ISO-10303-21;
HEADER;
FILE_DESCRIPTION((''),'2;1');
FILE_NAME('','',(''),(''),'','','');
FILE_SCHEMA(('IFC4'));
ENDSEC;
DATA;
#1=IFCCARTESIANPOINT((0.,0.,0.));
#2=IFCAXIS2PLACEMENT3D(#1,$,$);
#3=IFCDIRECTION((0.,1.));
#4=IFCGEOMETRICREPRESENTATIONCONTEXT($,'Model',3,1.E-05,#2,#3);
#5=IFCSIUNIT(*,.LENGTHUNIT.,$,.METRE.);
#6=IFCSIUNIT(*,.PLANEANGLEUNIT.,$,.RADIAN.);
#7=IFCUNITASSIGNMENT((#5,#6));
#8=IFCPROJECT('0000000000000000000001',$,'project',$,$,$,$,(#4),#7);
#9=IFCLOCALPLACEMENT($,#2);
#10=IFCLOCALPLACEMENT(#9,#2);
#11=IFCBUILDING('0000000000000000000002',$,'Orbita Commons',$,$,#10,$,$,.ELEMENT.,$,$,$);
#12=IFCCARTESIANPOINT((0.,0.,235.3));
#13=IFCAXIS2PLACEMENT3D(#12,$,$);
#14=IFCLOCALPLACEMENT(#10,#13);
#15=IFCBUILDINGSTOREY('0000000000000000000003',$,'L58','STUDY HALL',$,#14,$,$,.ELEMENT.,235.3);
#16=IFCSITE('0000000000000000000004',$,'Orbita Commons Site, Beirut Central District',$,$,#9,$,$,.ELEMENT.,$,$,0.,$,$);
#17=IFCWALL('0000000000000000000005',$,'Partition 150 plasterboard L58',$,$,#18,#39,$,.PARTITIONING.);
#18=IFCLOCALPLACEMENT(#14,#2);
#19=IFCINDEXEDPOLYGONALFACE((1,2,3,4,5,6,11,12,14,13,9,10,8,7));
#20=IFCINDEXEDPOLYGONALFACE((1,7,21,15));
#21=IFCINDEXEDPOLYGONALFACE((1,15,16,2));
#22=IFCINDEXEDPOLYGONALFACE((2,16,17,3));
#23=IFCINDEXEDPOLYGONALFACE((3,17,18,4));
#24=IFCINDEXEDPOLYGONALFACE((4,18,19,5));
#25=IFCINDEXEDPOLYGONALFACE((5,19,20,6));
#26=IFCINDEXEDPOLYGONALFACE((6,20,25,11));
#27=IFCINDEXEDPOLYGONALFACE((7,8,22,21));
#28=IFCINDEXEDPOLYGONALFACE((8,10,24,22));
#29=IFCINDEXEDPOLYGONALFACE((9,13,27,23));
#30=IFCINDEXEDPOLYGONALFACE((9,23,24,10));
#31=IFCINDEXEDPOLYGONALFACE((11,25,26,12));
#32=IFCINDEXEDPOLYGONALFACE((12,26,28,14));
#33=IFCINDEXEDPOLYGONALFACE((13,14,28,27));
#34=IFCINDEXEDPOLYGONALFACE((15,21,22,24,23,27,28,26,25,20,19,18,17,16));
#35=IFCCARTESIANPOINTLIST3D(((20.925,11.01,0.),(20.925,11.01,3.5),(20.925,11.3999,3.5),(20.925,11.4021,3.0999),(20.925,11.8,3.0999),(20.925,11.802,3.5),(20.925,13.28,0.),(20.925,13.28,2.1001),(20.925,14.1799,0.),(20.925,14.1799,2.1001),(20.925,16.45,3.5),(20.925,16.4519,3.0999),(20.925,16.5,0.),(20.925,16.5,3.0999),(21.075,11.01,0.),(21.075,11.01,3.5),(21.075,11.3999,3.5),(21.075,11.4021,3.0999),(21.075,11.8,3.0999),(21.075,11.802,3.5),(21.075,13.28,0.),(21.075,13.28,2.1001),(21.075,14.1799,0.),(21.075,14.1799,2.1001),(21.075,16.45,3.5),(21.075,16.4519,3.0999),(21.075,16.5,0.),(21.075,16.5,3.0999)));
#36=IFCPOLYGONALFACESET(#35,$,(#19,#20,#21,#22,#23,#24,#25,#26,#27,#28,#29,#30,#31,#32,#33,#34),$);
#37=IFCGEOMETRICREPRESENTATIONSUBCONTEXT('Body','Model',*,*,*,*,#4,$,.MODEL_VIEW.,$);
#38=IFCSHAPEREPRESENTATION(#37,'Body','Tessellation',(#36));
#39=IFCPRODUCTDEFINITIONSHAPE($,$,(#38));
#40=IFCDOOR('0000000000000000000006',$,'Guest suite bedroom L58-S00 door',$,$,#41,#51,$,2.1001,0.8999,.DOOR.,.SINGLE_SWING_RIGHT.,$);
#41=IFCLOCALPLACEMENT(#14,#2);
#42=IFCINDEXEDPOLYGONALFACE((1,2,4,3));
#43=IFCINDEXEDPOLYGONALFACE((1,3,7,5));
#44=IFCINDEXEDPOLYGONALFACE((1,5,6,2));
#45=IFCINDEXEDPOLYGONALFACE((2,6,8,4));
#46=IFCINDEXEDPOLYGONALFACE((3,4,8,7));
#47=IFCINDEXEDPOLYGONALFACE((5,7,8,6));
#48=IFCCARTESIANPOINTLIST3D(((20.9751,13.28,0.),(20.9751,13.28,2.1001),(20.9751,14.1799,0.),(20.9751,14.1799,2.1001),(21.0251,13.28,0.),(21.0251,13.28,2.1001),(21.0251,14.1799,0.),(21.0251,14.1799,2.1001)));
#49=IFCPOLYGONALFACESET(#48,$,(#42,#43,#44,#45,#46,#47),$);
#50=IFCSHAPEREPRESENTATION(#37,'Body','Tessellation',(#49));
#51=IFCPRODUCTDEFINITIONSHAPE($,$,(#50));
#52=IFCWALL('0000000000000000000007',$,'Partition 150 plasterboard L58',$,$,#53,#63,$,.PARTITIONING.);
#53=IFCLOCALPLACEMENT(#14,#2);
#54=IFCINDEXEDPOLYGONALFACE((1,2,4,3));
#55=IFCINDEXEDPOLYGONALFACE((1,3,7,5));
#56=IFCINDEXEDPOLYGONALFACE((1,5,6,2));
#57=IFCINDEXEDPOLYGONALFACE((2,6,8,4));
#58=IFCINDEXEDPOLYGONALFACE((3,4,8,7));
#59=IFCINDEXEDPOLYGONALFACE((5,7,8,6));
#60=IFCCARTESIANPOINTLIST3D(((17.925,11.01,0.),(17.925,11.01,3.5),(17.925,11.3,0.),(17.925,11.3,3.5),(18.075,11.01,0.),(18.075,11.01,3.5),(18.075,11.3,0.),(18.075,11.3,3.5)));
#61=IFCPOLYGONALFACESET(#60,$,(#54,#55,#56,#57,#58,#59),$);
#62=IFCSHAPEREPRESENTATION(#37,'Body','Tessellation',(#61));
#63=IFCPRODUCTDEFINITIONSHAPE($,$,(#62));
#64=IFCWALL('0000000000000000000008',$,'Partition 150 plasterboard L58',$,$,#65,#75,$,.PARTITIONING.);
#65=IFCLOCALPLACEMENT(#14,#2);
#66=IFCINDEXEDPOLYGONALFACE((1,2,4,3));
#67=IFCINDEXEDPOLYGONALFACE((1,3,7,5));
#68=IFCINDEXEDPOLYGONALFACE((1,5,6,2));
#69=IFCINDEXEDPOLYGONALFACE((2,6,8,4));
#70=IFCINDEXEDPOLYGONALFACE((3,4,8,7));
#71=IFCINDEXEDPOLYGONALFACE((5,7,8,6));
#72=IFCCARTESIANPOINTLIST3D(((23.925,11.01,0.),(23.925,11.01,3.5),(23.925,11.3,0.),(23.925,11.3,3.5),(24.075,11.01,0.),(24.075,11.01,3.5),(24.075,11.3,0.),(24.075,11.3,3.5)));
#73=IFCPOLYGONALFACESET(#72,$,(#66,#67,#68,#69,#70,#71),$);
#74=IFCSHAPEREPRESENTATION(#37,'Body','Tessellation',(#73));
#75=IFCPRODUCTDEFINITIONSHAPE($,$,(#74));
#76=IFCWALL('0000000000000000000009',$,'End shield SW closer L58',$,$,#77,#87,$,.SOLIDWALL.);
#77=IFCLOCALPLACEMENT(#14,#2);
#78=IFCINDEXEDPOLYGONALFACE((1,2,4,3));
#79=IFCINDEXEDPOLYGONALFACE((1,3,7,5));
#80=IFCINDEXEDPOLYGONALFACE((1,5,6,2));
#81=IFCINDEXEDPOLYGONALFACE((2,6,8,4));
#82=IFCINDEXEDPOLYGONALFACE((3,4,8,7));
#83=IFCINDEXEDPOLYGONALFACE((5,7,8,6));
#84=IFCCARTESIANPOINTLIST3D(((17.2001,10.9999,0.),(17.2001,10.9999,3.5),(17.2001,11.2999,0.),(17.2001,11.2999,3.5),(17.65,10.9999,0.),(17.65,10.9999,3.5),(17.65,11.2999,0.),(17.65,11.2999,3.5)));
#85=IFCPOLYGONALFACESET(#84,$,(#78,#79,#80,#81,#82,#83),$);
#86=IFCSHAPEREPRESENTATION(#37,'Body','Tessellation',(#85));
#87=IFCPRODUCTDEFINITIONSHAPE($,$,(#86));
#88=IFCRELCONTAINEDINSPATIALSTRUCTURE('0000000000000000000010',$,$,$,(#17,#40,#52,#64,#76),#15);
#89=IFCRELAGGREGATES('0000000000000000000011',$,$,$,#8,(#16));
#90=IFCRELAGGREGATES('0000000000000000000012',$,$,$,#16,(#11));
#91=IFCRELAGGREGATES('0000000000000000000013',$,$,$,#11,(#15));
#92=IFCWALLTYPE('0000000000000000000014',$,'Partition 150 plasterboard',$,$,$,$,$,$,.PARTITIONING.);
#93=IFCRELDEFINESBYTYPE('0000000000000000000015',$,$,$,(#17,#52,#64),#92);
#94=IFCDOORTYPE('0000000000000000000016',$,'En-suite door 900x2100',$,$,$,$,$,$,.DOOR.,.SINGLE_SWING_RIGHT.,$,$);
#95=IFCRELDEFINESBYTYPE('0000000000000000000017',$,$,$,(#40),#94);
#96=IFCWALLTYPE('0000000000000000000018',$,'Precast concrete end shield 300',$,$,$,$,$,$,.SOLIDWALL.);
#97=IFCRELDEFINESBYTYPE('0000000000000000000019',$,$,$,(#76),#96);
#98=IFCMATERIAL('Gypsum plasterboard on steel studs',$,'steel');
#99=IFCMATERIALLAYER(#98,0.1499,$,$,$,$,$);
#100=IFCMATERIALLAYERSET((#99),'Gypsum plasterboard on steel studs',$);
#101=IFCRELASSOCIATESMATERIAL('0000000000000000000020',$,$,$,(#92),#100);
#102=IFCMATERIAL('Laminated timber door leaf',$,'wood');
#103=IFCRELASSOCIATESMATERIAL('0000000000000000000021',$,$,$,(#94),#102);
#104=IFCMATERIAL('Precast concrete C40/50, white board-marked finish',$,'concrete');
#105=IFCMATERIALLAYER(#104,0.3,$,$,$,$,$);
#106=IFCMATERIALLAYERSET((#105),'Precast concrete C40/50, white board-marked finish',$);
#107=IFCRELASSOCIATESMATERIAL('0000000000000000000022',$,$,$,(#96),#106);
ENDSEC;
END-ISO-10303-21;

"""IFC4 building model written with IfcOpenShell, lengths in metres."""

from ifc_helpers import new_model, si_unit, direction, frame, frame_2d, origin, place, context, subcontext, project, spatial, polyline, rectangle, outline, extrude, material, layer, layer_set, type_object, element, fill, save


model = new_model("IFC4")

# Units and contexts
model_context = context("Model", 3, precision=1e-05, world=origin(), true_north=direction((0.0, 1.0)))
body_context = subcontext(model_context, "Body", "Model", "MODEL_VIEW")
ifc_project = project(units=[si_unit("LENGTHUNIT", "METRE"), si_unit("PLANEANGLEUNIT", "RADIAN")], contexts=[model_context])

# Site, building, storey
site_placement = place(None, origin())
site = spatial("IfcSite", under=ifc_project, at=site_placement, Name="Orbita Commons Site, Beirut Central District", CompositionType="ELEMENT", RefElevation=0.0)
building_placement = place(site_placement, origin())
building = spatial("IfcBuilding", under=site, at=building_placement, Name="Orbita Commons", CompositionType="ELEMENT")
storey_placement = place(building_placement, frame((0.0, 0.0, 235.3)))
storey = spatial("IfcBuildingStorey", under=building, at=storey_placement, Name="L58", Description="STUDY HALL", CompositionType="ELEMENT", Elevation=235.3)

# Wall, opening, door
ifc_material_1 = material(Name="Gypsum plasterboard on steel studs", Category="steel")
ifc_layer_1 = layer(ifc_material_1, 0.1499)
ifc_layer_set_1 = layer_set([ifc_layer_1], Name="Gypsum plasterboard on steel studs")
wall_type_1 = type_object("IfcWallType", Name="Partition 150 plasterboard", PredefinedType="PARTITIONING", material=ifc_layer_set_1)
wall_1_placement = place(storey_placement, frame((21.0, 11.01, 0.0), z_axis=(0.0, 0.0, 1.0), x_axis=(0.0, 1.0, 0.0)))
wall_1 = element("IfcWall", 1, at=wall_1_placement, inside=storey, type_object=wall_type_1, Name="Partition 150 plasterboard L58", PredefinedType="PARTITIONING", context=body_context, shape_type="SweptSolid", body=[
    extrude(outline(polyline([(0.0, 0.0), (5.49, 0.0), (5.49, 3.0999), (5.4419, 3.0999), (5.4399, 3.5), (0.792, 3.5), (0.79, 3.0999), (0.3921, 3.0999), (0.3899, 3.5), (0.0, 3.5), (0.0, 0.0)])), frame((0.0, 0.075, 0.0), z_axis=(0.0, -1.0, 0.0), x_axis=(1.0, 0.0, 0.0)), (0.0, 0.0, 1.0), 0.1499),
])
opening_placement = place(wall_1_placement, frame((2.27, 0.0, 0.0)))
opening = element("IfcOpeningElement", 2, at=opening_placement, cuts=wall_1, PredefinedType="OPENING", context=body_context, shape_type="SweptSolid", body=[
    extrude(rectangle(XDim=0.8999, YDim=2.1001, at=frame_2d((0.45, 1.05))), frame((0.0, 0.085, 0.0), z_axis=(0.0, -1.0, 0.0), x_axis=(1.0, 0.0, 0.0)), (0.0, 0.0, 1.0), 0.1699),
])
ifc_material_2 = material(Name="Laminated timber door leaf", Category="wood")
door_type = type_object("IfcDoorType", Name="En-suite door 900x2100", OperationType="SINGLE_SWING_RIGHT", PredefinedType="DOOR", material=ifc_material_2)
door_placement = place(opening_placement, origin())
door = element("IfcDoor", 3, at=door_placement, inside=storey, type_object=door_type, Name="Guest suite bedroom L58-S00 door", OperationType="SINGLE_SWING_RIGHT", OverallHeight=2.1001, OverallWidth=0.8999, PredefinedType="DOOR", context=body_context, shape_type="SweptSolid", body=[
    extrude(rectangle(XDim=0.8999, YDim=2.1001, at=frame_2d((0.45, 1.05))), frame((0.0, 0.0249, 0.0), z_axis=(0.0, -1.0, 0.0), x_axis=(1.0, 0.0, 0.0)), (0.0, 0.0, 1.0), 0.05),
])
fill(opening, door)

# Walls
for number, where, z_axis, x_axis, name in (
    (4, (18.0, 11.3, 0.0), (0.0, 0.0, 1.0), (0.0, -1.0, 0.0), "Partition 150 plasterboard L58"),
    (5, (24.0, 11.3, 0.0), (0.0, 0.0, 1.0), (0.0, -1.0, 0.0), "Partition 150 plasterboard L58"),
):
    element("IfcWall", number, at=place(storey_placement, frame(where, z_axis=z_axis, x_axis=x_axis)), inside=storey, type_object=wall_type_1, Name=name, PredefinedType="PARTITIONING", context=body_context, shape_type="SweptSolid", body=[
        extrude(rectangle(XDim=0.29, YDim=0.1499, at=frame_2d((0.145, 0.0))), origin(), (0.0, 0.0, 1.0), 3.5),
    ])
ifc_material_3 = material(Name="Precast concrete C40/50, white board-marked finish", Category="concrete")
ifc_layer_2 = layer(ifc_material_3, 0.3)
ifc_layer_set_2 = layer_set([ifc_layer_2], Name="Precast concrete C40/50, white board-marked finish")
wall_type_2 = type_object("IfcWallType", Name="Precast concrete end shield 300", PredefinedType="SOLIDWALL", material=ifc_layer_set_2)
wall_2_placement = place(storey_placement, frame((17.2, 11.1499, 0.0), z_axis=(0.0, 0.0, 1.0), x_axis=(1.0, 0.0, 0.0)))
element("IfcWall", 6, at=wall_2_placement, inside=storey, type_object=wall_type_2, Name="End shield SW closer L58", PredefinedType="SOLIDWALL", context=body_context, shape_type="SweptSolid", body=[
    extrude(rectangle(XDim=0.45, YDim=0.3, at=frame_2d((0.2251, 0.0))), origin(), (0.0, 0.0, 1.0), 3.5),
])

save(model, "model.ifc")
